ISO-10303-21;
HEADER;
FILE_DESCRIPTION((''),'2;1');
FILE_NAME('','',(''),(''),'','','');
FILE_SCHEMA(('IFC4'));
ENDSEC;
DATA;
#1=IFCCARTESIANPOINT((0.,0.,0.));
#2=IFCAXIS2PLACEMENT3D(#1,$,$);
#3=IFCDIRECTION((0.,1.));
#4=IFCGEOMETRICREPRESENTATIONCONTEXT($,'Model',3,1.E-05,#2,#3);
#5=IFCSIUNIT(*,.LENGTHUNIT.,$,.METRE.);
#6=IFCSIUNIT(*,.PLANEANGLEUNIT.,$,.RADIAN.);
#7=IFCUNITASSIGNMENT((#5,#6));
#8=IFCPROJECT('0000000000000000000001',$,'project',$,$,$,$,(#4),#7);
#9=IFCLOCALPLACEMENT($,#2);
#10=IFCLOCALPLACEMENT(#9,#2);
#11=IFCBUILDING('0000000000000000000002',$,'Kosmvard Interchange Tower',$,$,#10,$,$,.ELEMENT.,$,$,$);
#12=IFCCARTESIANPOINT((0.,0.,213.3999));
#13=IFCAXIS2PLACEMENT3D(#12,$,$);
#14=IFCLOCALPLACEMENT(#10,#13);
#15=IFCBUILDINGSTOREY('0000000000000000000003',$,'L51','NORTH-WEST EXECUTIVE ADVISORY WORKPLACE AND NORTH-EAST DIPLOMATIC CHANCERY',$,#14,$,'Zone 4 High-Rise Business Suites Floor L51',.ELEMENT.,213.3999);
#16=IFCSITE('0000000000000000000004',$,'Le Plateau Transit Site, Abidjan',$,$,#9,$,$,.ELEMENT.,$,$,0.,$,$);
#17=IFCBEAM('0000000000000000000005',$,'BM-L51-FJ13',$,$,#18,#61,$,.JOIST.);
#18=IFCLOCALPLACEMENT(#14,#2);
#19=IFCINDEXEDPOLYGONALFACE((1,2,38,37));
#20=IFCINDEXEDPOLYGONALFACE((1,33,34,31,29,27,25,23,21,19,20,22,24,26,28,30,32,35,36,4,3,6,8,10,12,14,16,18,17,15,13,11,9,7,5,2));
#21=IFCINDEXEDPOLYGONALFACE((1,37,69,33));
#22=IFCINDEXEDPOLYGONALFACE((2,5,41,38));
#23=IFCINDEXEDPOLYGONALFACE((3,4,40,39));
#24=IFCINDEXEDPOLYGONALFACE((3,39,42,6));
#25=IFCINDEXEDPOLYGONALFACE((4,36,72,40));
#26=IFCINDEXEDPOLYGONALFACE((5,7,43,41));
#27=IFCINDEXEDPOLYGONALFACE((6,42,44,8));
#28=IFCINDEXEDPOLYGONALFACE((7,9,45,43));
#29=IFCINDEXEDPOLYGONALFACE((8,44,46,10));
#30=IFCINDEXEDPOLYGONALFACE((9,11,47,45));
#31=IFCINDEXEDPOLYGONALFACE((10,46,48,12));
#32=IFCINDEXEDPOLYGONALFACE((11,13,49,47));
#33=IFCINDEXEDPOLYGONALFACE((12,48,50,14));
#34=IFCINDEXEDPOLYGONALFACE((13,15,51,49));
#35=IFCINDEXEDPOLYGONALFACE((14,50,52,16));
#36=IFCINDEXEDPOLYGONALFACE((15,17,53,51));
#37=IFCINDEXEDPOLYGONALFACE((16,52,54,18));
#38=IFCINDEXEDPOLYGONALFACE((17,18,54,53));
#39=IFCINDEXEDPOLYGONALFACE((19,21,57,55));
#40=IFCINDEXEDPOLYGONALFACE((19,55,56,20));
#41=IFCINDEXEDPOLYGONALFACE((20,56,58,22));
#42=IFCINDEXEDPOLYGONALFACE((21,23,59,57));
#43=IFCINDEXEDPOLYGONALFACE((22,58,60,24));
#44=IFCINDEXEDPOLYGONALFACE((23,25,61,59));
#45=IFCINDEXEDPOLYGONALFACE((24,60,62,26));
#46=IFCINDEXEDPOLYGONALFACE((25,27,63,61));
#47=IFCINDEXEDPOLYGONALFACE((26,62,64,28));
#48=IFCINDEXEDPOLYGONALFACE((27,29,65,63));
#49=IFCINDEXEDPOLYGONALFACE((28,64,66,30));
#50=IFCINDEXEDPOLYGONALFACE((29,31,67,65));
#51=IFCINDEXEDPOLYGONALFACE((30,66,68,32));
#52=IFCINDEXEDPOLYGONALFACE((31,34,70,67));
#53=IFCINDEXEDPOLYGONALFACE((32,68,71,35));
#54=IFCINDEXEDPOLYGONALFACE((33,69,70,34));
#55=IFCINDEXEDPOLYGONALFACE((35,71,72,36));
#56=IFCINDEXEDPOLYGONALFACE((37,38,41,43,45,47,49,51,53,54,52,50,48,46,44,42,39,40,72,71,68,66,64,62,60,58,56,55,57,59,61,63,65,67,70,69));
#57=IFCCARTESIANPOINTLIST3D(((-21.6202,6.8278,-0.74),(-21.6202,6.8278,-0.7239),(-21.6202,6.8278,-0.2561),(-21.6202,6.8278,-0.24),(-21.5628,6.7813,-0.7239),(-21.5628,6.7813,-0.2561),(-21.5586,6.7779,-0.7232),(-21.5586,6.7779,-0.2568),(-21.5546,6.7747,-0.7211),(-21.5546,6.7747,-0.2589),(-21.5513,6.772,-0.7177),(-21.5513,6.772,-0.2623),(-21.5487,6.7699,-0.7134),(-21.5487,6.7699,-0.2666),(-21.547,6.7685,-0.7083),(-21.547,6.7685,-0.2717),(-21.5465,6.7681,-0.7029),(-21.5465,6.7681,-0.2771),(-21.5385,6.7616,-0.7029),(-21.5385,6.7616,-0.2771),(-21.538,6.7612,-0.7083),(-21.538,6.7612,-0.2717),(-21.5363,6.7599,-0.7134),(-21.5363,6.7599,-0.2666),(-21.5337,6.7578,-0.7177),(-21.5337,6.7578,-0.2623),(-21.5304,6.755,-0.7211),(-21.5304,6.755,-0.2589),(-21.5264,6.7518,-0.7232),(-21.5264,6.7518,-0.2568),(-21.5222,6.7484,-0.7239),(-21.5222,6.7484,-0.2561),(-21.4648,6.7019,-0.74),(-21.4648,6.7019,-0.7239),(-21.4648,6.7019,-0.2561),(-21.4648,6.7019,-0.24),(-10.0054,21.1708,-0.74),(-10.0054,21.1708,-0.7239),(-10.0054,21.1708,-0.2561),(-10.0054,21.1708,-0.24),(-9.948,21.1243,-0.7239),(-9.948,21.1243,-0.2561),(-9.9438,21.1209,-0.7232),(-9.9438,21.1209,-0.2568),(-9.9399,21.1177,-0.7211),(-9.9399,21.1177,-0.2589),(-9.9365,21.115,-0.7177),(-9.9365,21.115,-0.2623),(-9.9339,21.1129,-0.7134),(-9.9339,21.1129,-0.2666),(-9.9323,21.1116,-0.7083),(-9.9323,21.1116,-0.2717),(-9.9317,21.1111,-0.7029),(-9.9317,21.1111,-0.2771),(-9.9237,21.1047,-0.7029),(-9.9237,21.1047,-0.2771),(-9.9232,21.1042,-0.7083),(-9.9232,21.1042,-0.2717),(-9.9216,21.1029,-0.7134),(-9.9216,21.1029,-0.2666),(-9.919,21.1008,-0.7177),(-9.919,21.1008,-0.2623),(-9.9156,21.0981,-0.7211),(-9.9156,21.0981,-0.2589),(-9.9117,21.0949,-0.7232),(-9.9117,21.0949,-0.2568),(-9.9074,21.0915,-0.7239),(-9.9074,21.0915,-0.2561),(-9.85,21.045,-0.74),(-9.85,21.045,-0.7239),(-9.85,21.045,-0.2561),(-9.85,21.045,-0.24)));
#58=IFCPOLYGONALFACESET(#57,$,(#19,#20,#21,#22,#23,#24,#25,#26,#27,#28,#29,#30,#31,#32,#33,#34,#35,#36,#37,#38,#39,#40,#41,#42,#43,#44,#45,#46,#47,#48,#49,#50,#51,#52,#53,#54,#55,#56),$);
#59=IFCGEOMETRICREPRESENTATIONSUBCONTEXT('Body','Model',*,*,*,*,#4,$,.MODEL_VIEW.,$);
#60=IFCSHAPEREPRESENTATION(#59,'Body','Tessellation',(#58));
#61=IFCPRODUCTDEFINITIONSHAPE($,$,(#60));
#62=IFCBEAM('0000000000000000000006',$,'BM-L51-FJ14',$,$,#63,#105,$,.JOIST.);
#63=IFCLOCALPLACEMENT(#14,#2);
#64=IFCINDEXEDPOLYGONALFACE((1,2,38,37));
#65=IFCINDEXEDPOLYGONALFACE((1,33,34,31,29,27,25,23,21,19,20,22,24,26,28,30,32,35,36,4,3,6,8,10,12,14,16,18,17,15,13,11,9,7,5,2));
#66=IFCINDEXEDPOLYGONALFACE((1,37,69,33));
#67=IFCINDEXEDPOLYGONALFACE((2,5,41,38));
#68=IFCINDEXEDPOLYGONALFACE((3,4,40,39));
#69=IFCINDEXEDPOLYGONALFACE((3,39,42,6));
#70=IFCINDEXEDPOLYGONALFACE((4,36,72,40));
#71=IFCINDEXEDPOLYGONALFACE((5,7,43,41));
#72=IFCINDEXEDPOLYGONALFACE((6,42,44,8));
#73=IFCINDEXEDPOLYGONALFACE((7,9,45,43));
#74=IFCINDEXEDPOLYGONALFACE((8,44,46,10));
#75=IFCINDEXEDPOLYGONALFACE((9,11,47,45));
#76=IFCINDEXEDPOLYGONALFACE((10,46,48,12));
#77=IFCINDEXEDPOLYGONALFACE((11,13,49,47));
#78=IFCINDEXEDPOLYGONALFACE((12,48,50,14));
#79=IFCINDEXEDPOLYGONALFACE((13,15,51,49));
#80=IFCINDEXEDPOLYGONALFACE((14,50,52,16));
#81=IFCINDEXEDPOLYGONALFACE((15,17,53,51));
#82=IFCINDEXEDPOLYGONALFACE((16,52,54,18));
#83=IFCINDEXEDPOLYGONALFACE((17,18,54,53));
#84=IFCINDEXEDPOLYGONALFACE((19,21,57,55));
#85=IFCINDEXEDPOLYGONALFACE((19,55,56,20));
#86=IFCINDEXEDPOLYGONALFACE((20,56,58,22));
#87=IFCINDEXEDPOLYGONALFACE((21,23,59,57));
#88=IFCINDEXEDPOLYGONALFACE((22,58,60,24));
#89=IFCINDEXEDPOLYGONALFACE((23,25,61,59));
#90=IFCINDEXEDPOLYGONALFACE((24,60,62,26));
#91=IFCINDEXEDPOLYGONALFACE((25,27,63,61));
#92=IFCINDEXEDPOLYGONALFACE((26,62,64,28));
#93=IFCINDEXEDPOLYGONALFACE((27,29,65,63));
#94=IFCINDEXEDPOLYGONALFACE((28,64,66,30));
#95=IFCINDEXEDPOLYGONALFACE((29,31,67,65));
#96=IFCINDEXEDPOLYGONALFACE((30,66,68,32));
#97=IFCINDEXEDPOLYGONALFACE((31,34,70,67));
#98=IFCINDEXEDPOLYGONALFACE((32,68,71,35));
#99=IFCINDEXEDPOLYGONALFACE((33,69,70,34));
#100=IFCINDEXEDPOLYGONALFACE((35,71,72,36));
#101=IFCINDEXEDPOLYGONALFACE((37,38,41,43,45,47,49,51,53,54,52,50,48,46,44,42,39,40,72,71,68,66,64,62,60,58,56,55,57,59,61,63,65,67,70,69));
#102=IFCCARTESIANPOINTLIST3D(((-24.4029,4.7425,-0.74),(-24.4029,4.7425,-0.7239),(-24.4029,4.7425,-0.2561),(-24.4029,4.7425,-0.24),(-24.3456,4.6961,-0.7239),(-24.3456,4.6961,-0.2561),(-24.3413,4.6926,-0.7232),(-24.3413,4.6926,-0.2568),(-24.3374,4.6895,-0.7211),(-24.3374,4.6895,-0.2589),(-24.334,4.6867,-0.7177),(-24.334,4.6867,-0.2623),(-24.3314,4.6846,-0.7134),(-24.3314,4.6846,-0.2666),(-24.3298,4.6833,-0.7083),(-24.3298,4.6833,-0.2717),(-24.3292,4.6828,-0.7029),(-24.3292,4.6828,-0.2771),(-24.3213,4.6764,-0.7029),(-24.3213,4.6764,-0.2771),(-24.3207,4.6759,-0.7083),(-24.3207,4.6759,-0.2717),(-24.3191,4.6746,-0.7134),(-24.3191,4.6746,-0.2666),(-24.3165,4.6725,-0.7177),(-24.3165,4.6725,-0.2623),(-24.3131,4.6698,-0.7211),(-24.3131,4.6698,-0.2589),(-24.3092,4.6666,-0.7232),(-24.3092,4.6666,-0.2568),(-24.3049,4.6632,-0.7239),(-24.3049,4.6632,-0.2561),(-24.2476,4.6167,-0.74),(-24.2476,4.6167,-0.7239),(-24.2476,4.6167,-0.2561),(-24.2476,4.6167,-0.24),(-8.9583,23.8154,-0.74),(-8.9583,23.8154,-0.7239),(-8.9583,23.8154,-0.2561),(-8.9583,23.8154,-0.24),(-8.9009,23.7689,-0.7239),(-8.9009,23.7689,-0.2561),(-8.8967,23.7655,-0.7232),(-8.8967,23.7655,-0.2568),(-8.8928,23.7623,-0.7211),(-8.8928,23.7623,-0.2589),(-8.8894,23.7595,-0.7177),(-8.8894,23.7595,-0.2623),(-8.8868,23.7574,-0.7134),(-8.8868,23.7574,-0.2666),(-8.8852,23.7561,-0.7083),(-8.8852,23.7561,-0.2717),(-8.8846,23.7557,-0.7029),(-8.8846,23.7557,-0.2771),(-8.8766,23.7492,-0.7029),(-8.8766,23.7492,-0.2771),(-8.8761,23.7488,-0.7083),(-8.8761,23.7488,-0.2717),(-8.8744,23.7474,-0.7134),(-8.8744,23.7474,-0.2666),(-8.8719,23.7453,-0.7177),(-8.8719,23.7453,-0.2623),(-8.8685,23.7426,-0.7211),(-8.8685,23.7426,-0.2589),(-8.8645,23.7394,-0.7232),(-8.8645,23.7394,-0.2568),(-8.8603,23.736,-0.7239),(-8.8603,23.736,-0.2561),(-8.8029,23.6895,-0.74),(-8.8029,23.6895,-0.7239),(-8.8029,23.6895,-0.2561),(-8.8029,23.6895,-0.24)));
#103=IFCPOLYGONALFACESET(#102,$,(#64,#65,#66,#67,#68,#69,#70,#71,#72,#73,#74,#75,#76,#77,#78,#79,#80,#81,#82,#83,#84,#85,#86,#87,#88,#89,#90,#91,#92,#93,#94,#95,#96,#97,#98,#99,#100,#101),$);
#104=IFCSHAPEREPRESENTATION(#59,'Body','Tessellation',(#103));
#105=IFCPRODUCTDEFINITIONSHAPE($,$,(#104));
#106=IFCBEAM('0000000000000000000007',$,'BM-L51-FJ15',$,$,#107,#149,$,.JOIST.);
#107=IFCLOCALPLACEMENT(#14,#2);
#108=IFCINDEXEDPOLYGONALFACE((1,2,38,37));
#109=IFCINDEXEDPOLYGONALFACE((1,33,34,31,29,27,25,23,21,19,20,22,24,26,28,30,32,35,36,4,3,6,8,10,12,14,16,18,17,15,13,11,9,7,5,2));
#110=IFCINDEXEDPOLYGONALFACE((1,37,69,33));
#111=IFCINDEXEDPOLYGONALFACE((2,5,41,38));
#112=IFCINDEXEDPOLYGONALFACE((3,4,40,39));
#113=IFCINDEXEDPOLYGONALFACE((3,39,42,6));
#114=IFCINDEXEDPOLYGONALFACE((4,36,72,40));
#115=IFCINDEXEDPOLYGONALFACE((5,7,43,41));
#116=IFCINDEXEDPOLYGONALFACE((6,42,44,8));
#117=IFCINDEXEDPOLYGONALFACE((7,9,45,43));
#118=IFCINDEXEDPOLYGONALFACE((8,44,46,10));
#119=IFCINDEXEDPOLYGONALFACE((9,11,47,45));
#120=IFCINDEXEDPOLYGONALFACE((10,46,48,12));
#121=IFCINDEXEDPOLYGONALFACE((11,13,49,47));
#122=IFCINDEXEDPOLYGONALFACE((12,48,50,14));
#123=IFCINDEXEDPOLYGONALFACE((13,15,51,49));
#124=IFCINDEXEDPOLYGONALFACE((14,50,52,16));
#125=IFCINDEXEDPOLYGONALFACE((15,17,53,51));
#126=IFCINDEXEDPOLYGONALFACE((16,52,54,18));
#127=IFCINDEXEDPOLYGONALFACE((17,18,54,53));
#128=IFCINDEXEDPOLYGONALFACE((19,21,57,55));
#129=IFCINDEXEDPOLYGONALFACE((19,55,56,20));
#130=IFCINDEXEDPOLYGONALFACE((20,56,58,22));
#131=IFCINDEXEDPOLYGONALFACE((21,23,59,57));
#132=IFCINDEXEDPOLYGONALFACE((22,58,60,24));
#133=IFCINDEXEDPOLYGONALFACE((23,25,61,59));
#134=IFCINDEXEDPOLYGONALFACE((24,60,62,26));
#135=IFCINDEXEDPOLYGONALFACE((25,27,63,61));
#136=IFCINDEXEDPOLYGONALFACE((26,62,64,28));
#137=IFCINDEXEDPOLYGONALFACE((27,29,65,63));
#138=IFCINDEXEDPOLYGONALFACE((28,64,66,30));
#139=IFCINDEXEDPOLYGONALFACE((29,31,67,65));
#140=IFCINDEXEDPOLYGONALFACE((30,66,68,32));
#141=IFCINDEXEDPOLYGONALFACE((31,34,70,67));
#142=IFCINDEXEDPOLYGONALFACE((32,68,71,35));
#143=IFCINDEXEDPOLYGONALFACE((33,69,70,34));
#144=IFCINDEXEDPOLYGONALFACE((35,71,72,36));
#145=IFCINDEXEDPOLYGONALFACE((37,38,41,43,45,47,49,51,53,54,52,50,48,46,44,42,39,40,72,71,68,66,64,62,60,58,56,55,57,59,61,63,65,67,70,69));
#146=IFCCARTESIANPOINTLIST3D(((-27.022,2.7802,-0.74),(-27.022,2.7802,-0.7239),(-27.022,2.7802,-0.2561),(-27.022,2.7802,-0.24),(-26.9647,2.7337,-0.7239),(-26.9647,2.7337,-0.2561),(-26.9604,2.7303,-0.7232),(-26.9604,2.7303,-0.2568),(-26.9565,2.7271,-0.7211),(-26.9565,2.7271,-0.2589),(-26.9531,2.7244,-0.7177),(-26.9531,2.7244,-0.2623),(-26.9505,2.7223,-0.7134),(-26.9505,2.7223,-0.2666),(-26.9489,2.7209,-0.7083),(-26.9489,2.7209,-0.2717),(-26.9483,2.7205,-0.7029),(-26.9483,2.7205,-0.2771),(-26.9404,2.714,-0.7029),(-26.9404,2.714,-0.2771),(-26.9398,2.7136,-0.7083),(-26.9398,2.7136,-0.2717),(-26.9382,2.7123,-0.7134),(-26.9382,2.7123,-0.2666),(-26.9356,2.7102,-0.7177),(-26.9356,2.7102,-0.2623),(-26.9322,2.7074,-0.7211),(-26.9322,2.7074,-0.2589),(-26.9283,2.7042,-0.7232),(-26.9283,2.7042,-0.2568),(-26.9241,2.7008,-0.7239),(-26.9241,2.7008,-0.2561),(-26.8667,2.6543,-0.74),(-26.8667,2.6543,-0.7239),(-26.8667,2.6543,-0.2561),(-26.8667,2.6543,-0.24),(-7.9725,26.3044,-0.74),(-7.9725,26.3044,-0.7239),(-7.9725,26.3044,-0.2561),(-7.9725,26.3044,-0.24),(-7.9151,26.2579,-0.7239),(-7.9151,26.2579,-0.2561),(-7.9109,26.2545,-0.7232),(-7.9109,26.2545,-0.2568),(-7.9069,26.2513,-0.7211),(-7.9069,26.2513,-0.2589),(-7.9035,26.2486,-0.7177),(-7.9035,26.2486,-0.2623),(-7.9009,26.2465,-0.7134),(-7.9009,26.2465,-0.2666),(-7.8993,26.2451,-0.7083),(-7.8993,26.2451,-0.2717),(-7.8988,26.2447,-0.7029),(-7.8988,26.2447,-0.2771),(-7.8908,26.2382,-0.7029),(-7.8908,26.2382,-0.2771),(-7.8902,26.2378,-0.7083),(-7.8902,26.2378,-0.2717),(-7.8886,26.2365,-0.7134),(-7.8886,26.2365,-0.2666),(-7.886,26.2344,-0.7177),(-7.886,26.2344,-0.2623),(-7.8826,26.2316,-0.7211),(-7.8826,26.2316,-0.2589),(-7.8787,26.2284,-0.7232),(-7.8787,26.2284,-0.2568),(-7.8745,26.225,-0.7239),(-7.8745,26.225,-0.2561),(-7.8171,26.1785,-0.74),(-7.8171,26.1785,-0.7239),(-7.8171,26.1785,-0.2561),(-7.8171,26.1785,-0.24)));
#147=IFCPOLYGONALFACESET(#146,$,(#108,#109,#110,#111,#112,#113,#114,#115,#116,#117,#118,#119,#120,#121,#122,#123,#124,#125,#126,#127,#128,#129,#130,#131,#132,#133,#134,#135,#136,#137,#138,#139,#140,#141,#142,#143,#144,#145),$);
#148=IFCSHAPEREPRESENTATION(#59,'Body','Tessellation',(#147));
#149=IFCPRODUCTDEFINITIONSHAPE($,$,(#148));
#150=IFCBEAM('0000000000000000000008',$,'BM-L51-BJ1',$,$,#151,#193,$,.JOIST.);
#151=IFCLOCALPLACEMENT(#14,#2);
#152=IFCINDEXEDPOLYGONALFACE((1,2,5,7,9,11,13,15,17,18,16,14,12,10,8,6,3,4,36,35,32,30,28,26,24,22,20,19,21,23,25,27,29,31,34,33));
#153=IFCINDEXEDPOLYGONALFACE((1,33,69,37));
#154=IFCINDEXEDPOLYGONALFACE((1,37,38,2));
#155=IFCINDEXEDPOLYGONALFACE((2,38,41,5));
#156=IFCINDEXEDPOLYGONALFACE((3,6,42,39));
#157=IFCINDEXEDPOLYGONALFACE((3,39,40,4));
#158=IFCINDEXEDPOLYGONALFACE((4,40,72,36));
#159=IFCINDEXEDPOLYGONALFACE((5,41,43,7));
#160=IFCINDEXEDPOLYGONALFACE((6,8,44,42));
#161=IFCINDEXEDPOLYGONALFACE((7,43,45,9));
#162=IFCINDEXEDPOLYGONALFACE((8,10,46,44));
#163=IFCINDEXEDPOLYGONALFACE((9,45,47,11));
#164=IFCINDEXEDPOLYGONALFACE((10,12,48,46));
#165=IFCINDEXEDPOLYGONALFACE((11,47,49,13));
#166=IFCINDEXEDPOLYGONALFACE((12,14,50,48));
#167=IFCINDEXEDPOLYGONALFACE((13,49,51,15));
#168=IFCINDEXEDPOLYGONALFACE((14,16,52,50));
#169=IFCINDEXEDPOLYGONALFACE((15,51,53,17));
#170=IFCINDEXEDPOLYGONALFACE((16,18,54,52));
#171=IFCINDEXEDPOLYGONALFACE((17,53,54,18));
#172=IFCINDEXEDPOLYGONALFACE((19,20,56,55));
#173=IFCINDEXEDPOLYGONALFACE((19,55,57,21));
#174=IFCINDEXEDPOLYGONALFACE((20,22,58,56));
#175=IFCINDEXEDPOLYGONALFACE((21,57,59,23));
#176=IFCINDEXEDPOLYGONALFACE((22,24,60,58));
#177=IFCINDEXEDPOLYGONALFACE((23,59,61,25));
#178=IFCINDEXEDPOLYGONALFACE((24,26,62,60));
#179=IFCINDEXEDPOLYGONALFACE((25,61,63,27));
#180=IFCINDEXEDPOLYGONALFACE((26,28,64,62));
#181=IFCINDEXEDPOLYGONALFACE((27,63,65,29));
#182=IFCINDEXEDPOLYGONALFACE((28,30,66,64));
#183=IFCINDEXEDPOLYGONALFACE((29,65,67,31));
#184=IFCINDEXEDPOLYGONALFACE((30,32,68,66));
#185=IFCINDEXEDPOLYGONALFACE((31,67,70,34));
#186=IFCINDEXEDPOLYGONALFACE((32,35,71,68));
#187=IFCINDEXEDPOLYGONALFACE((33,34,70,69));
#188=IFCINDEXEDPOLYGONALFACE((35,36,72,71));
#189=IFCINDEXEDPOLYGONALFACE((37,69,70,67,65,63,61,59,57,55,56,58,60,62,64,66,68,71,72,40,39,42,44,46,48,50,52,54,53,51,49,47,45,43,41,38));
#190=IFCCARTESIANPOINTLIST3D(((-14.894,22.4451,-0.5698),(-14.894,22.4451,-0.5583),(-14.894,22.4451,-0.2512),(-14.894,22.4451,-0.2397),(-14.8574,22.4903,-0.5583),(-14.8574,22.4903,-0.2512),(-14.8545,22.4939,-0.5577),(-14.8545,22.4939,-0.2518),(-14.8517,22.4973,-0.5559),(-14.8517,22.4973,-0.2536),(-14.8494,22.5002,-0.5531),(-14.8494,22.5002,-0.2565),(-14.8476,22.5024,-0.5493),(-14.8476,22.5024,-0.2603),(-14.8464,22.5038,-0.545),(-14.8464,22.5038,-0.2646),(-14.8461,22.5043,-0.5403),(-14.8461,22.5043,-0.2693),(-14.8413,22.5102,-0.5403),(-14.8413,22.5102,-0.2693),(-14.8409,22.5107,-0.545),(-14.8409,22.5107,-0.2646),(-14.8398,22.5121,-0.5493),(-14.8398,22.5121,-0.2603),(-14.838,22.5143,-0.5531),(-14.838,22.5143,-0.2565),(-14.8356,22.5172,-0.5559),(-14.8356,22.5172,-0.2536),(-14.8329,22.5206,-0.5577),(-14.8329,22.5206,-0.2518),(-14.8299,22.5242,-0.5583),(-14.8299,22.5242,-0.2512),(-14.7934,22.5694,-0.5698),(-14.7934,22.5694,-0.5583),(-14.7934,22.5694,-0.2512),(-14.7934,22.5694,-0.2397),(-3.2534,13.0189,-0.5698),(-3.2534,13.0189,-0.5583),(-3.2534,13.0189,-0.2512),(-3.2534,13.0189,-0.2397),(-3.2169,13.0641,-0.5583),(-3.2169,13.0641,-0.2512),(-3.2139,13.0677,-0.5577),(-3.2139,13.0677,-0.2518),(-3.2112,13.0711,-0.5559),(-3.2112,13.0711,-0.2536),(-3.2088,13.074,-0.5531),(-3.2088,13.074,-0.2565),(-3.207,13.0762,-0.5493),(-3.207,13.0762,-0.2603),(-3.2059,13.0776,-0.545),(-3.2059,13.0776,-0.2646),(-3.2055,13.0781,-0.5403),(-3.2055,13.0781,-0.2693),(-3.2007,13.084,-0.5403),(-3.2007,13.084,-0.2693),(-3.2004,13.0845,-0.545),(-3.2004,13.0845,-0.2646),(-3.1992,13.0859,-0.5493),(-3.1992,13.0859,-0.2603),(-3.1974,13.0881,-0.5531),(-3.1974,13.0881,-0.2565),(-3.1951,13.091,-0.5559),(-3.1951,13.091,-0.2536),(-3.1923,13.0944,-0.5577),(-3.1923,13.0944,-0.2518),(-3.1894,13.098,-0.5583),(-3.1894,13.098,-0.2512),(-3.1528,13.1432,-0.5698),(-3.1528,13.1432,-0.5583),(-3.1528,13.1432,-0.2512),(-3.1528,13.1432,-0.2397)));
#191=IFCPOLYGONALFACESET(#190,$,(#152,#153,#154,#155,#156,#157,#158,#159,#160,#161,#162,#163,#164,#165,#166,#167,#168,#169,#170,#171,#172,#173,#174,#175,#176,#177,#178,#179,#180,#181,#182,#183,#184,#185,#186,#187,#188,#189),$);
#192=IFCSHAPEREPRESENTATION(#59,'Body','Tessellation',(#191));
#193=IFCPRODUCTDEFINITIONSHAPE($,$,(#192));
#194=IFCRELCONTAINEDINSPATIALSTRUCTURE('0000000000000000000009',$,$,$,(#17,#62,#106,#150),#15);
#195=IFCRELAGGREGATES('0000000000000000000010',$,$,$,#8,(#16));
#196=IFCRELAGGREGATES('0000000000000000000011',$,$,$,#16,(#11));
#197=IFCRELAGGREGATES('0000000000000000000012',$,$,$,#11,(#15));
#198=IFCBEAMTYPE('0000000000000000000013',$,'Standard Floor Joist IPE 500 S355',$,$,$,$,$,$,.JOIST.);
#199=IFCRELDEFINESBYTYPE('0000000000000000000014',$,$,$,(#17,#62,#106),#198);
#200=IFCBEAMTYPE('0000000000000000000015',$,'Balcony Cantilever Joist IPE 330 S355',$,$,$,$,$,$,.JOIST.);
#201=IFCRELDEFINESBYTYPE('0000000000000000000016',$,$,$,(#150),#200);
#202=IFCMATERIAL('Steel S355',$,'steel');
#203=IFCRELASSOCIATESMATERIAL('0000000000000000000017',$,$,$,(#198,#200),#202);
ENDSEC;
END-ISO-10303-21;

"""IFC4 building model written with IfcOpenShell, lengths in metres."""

from ifc_helpers import new_model, si_unit, direction, frame, origin, origin_2d, place, context, subcontext, project, spatial, i_section, extrude, source, transform, mapped, material, material_profile, profile_set, type_object, element, save


model = new_model("IFC4")

# Units and contexts
model_context = context("Model", 3, precision=1e-05, world=origin(), true_north=direction((0.0, 1.0)))
body_context = subcontext(model_context, "Body", "Model", "MODEL_VIEW")
ifc_project = project(units=[si_unit("LENGTHUNIT", "METRE"), si_unit("PLANEANGLEUNIT", "RADIAN")], contexts=[model_context])

# Site, building, storey
site_placement = place(None, origin())
site = spatial("IfcSite", under=ifc_project, at=site_placement, Name="Le Plateau Transit Site, Abidjan", CompositionType="ELEMENT", RefElevation=0.0)
building_placement = place(site_placement, origin())
building = spatial("IfcBuilding", under=site, at=building_placement, Name="Kosmvard Interchange Tower", CompositionType="ELEMENT")
storey_placement = place(building_placement, frame((0.0, 0.0, 213.3999)))
storey = spatial("IfcBuildingStorey", under=building, at=storey_placement, Name="L51", Description="NORTH-WEST EXECUTIVE ADVISORY WORKPLACE AND NORTH-EAST DIPLOMATIC CHANCERY", LongName="Zone 4 High-Rise Business Suites Floor L51", CompositionType="ELEMENT", Elevation=213.3999)

# Beams
ifc_material_1 = material(Name="Steel S355", Category="steel")
ifc_material_profile_1 = material_profile(ifc_material_1, i_section(OverallWidth=0.2, OverallDepth=0.5, WebThickness=0.0103, FlangeThickness=0.0161, FilletRadius=0.021, at=origin_2d()), Name="IPE 500")
ifc_profile_set_1 = profile_set([ifc_material_profile_1], Name="Steel S355")
beam_type_1 = type_object("IfcBeamType", Name="Standard Floor Joist IPE 500 S355", PredefinedType="JOIST", material=ifc_profile_set_1)
shared_shape_1 = source(origin(), body_context, "Body", "SweptSolid", [
    extrude(i_section(OverallWidth=0.2, OverallDepth=0.5, WebThickness=0.0103, FlangeThickness=0.0161, FilletRadius=0.021, at=origin_2d()), origin(), (0.0, 0.0, 1.0), 18.4561),
])
beam_1_placement = place(storey_placement, frame((-9.9277, 21.1079, -0.49), z_axis=(-0.62932, -0.777146, 0.0), x_axis=(0.777146, -0.62932, 0.0)))
element("IfcBeam", 1, at=beam_1_placement, inside=storey, type_object=beam_type_1, Name="BM-L51-FJ13", PredefinedType="JOIST", context=body_context, shape_type="MappedRepresentation", body=[
    mapped(shared_shape_1, transform((0.0, 0.0, 0.0), scale=1.0)),
])
shared_shape_2 = source(origin(), body_context, "Body", "SweptSolid", [
    extrude(i_section(OverallWidth=0.2, OverallDepth=0.5, WebThickness=0.0103, FlangeThickness=0.0161, FilletRadius=0.021, at=origin_2d()), origin(), (0.0, 0.0, 1.0), 24.542),
])
beam_2_placement = place(storey_placement, frame((-8.8806, 23.7524, -0.49), z_axis=(-0.629315, -0.777151, 0.0), x_axis=(0.777151, -0.629315, 0.0)))
element("IfcBeam", 2, at=beam_2_placement, inside=storey, type_object=beam_type_1, Name="BM-L51-FJ14", PredefinedType="JOIST", context=body_context, shape_type="MappedRepresentation", body=[
    mapped(shared_shape_2, transform((0.0, 0.0, 0.0), scale=1.0)),
])
shared_shape_3 = source(origin(), body_context, "Body", "SweptSolid", [
    extrude(i_section(OverallWidth=0.2, OverallDepth=0.5, WebThickness=0.0103, FlangeThickness=0.0161, FilletRadius=0.021, at=origin_2d()), origin(), (0.0, 0.0, 1.0), 30.27),
])
beam_3_placement = place(storey_placement, frame((-7.8948, 26.2415, -0.49), z_axis=(-0.629322, -0.777145, 0.0), x_axis=(0.777145, -0.629322, 0.0)))
element("IfcBeam", 3, at=beam_3_placement, inside=storey, type_object=beam_type_1, Name="BM-L51-FJ15", PredefinedType="JOIST", context=body_context, shape_type="MappedRepresentation", body=[
    mapped(shared_shape_3, transform((0.0, 0.0, 0.0), scale=1.0)),
])
ifc_material_profile_2 = material_profile(ifc_material_1, i_section(OverallWidth=0.1599, OverallDepth=0.3301, WebThickness=0.0076, FlangeThickness=0.0115, FilletRadius=0.0181, at=origin_2d()), Name="IPE 330")
ifc_profile_set_2 = profile_set([ifc_material_profile_2], Name="Steel S355")
beam_type_2 = type_object("IfcBeamType", Name="Balcony Cantilever Joist IPE 330 S355", PredefinedType="JOIST", material=ifc_profile_set_2)
shared_shape_4 = source(origin(), body_context, "Body", "SweptSolid", [
    extrude(i_section(OverallWidth=0.1599, OverallDepth=0.3301, WebThickness=0.0076, FlangeThickness=0.0115, FilletRadius=0.0181, at=origin_2d()), origin(), (0.0, 0.0, 1.0), 14.9785),
])
beam_4_placement = place(storey_placement, frame((-3.2031, 13.0811, -0.4048), z_axis=(-0.77715, 0.629315, 0.0), x_axis=(-0.629315, -0.77715, 0.0)))
element("IfcBeam", 4, at=beam_4_placement, inside=storey, type_object=beam_type_2, Name="BM-L51-BJ1", PredefinedType="JOIST", context=body_context, shape_type="MappedRepresentation", body=[
    mapped(shared_shape_4, transform((0.0, 0.0, 0.0), scale=1.0)),
])

save(model, "model.ifc")
